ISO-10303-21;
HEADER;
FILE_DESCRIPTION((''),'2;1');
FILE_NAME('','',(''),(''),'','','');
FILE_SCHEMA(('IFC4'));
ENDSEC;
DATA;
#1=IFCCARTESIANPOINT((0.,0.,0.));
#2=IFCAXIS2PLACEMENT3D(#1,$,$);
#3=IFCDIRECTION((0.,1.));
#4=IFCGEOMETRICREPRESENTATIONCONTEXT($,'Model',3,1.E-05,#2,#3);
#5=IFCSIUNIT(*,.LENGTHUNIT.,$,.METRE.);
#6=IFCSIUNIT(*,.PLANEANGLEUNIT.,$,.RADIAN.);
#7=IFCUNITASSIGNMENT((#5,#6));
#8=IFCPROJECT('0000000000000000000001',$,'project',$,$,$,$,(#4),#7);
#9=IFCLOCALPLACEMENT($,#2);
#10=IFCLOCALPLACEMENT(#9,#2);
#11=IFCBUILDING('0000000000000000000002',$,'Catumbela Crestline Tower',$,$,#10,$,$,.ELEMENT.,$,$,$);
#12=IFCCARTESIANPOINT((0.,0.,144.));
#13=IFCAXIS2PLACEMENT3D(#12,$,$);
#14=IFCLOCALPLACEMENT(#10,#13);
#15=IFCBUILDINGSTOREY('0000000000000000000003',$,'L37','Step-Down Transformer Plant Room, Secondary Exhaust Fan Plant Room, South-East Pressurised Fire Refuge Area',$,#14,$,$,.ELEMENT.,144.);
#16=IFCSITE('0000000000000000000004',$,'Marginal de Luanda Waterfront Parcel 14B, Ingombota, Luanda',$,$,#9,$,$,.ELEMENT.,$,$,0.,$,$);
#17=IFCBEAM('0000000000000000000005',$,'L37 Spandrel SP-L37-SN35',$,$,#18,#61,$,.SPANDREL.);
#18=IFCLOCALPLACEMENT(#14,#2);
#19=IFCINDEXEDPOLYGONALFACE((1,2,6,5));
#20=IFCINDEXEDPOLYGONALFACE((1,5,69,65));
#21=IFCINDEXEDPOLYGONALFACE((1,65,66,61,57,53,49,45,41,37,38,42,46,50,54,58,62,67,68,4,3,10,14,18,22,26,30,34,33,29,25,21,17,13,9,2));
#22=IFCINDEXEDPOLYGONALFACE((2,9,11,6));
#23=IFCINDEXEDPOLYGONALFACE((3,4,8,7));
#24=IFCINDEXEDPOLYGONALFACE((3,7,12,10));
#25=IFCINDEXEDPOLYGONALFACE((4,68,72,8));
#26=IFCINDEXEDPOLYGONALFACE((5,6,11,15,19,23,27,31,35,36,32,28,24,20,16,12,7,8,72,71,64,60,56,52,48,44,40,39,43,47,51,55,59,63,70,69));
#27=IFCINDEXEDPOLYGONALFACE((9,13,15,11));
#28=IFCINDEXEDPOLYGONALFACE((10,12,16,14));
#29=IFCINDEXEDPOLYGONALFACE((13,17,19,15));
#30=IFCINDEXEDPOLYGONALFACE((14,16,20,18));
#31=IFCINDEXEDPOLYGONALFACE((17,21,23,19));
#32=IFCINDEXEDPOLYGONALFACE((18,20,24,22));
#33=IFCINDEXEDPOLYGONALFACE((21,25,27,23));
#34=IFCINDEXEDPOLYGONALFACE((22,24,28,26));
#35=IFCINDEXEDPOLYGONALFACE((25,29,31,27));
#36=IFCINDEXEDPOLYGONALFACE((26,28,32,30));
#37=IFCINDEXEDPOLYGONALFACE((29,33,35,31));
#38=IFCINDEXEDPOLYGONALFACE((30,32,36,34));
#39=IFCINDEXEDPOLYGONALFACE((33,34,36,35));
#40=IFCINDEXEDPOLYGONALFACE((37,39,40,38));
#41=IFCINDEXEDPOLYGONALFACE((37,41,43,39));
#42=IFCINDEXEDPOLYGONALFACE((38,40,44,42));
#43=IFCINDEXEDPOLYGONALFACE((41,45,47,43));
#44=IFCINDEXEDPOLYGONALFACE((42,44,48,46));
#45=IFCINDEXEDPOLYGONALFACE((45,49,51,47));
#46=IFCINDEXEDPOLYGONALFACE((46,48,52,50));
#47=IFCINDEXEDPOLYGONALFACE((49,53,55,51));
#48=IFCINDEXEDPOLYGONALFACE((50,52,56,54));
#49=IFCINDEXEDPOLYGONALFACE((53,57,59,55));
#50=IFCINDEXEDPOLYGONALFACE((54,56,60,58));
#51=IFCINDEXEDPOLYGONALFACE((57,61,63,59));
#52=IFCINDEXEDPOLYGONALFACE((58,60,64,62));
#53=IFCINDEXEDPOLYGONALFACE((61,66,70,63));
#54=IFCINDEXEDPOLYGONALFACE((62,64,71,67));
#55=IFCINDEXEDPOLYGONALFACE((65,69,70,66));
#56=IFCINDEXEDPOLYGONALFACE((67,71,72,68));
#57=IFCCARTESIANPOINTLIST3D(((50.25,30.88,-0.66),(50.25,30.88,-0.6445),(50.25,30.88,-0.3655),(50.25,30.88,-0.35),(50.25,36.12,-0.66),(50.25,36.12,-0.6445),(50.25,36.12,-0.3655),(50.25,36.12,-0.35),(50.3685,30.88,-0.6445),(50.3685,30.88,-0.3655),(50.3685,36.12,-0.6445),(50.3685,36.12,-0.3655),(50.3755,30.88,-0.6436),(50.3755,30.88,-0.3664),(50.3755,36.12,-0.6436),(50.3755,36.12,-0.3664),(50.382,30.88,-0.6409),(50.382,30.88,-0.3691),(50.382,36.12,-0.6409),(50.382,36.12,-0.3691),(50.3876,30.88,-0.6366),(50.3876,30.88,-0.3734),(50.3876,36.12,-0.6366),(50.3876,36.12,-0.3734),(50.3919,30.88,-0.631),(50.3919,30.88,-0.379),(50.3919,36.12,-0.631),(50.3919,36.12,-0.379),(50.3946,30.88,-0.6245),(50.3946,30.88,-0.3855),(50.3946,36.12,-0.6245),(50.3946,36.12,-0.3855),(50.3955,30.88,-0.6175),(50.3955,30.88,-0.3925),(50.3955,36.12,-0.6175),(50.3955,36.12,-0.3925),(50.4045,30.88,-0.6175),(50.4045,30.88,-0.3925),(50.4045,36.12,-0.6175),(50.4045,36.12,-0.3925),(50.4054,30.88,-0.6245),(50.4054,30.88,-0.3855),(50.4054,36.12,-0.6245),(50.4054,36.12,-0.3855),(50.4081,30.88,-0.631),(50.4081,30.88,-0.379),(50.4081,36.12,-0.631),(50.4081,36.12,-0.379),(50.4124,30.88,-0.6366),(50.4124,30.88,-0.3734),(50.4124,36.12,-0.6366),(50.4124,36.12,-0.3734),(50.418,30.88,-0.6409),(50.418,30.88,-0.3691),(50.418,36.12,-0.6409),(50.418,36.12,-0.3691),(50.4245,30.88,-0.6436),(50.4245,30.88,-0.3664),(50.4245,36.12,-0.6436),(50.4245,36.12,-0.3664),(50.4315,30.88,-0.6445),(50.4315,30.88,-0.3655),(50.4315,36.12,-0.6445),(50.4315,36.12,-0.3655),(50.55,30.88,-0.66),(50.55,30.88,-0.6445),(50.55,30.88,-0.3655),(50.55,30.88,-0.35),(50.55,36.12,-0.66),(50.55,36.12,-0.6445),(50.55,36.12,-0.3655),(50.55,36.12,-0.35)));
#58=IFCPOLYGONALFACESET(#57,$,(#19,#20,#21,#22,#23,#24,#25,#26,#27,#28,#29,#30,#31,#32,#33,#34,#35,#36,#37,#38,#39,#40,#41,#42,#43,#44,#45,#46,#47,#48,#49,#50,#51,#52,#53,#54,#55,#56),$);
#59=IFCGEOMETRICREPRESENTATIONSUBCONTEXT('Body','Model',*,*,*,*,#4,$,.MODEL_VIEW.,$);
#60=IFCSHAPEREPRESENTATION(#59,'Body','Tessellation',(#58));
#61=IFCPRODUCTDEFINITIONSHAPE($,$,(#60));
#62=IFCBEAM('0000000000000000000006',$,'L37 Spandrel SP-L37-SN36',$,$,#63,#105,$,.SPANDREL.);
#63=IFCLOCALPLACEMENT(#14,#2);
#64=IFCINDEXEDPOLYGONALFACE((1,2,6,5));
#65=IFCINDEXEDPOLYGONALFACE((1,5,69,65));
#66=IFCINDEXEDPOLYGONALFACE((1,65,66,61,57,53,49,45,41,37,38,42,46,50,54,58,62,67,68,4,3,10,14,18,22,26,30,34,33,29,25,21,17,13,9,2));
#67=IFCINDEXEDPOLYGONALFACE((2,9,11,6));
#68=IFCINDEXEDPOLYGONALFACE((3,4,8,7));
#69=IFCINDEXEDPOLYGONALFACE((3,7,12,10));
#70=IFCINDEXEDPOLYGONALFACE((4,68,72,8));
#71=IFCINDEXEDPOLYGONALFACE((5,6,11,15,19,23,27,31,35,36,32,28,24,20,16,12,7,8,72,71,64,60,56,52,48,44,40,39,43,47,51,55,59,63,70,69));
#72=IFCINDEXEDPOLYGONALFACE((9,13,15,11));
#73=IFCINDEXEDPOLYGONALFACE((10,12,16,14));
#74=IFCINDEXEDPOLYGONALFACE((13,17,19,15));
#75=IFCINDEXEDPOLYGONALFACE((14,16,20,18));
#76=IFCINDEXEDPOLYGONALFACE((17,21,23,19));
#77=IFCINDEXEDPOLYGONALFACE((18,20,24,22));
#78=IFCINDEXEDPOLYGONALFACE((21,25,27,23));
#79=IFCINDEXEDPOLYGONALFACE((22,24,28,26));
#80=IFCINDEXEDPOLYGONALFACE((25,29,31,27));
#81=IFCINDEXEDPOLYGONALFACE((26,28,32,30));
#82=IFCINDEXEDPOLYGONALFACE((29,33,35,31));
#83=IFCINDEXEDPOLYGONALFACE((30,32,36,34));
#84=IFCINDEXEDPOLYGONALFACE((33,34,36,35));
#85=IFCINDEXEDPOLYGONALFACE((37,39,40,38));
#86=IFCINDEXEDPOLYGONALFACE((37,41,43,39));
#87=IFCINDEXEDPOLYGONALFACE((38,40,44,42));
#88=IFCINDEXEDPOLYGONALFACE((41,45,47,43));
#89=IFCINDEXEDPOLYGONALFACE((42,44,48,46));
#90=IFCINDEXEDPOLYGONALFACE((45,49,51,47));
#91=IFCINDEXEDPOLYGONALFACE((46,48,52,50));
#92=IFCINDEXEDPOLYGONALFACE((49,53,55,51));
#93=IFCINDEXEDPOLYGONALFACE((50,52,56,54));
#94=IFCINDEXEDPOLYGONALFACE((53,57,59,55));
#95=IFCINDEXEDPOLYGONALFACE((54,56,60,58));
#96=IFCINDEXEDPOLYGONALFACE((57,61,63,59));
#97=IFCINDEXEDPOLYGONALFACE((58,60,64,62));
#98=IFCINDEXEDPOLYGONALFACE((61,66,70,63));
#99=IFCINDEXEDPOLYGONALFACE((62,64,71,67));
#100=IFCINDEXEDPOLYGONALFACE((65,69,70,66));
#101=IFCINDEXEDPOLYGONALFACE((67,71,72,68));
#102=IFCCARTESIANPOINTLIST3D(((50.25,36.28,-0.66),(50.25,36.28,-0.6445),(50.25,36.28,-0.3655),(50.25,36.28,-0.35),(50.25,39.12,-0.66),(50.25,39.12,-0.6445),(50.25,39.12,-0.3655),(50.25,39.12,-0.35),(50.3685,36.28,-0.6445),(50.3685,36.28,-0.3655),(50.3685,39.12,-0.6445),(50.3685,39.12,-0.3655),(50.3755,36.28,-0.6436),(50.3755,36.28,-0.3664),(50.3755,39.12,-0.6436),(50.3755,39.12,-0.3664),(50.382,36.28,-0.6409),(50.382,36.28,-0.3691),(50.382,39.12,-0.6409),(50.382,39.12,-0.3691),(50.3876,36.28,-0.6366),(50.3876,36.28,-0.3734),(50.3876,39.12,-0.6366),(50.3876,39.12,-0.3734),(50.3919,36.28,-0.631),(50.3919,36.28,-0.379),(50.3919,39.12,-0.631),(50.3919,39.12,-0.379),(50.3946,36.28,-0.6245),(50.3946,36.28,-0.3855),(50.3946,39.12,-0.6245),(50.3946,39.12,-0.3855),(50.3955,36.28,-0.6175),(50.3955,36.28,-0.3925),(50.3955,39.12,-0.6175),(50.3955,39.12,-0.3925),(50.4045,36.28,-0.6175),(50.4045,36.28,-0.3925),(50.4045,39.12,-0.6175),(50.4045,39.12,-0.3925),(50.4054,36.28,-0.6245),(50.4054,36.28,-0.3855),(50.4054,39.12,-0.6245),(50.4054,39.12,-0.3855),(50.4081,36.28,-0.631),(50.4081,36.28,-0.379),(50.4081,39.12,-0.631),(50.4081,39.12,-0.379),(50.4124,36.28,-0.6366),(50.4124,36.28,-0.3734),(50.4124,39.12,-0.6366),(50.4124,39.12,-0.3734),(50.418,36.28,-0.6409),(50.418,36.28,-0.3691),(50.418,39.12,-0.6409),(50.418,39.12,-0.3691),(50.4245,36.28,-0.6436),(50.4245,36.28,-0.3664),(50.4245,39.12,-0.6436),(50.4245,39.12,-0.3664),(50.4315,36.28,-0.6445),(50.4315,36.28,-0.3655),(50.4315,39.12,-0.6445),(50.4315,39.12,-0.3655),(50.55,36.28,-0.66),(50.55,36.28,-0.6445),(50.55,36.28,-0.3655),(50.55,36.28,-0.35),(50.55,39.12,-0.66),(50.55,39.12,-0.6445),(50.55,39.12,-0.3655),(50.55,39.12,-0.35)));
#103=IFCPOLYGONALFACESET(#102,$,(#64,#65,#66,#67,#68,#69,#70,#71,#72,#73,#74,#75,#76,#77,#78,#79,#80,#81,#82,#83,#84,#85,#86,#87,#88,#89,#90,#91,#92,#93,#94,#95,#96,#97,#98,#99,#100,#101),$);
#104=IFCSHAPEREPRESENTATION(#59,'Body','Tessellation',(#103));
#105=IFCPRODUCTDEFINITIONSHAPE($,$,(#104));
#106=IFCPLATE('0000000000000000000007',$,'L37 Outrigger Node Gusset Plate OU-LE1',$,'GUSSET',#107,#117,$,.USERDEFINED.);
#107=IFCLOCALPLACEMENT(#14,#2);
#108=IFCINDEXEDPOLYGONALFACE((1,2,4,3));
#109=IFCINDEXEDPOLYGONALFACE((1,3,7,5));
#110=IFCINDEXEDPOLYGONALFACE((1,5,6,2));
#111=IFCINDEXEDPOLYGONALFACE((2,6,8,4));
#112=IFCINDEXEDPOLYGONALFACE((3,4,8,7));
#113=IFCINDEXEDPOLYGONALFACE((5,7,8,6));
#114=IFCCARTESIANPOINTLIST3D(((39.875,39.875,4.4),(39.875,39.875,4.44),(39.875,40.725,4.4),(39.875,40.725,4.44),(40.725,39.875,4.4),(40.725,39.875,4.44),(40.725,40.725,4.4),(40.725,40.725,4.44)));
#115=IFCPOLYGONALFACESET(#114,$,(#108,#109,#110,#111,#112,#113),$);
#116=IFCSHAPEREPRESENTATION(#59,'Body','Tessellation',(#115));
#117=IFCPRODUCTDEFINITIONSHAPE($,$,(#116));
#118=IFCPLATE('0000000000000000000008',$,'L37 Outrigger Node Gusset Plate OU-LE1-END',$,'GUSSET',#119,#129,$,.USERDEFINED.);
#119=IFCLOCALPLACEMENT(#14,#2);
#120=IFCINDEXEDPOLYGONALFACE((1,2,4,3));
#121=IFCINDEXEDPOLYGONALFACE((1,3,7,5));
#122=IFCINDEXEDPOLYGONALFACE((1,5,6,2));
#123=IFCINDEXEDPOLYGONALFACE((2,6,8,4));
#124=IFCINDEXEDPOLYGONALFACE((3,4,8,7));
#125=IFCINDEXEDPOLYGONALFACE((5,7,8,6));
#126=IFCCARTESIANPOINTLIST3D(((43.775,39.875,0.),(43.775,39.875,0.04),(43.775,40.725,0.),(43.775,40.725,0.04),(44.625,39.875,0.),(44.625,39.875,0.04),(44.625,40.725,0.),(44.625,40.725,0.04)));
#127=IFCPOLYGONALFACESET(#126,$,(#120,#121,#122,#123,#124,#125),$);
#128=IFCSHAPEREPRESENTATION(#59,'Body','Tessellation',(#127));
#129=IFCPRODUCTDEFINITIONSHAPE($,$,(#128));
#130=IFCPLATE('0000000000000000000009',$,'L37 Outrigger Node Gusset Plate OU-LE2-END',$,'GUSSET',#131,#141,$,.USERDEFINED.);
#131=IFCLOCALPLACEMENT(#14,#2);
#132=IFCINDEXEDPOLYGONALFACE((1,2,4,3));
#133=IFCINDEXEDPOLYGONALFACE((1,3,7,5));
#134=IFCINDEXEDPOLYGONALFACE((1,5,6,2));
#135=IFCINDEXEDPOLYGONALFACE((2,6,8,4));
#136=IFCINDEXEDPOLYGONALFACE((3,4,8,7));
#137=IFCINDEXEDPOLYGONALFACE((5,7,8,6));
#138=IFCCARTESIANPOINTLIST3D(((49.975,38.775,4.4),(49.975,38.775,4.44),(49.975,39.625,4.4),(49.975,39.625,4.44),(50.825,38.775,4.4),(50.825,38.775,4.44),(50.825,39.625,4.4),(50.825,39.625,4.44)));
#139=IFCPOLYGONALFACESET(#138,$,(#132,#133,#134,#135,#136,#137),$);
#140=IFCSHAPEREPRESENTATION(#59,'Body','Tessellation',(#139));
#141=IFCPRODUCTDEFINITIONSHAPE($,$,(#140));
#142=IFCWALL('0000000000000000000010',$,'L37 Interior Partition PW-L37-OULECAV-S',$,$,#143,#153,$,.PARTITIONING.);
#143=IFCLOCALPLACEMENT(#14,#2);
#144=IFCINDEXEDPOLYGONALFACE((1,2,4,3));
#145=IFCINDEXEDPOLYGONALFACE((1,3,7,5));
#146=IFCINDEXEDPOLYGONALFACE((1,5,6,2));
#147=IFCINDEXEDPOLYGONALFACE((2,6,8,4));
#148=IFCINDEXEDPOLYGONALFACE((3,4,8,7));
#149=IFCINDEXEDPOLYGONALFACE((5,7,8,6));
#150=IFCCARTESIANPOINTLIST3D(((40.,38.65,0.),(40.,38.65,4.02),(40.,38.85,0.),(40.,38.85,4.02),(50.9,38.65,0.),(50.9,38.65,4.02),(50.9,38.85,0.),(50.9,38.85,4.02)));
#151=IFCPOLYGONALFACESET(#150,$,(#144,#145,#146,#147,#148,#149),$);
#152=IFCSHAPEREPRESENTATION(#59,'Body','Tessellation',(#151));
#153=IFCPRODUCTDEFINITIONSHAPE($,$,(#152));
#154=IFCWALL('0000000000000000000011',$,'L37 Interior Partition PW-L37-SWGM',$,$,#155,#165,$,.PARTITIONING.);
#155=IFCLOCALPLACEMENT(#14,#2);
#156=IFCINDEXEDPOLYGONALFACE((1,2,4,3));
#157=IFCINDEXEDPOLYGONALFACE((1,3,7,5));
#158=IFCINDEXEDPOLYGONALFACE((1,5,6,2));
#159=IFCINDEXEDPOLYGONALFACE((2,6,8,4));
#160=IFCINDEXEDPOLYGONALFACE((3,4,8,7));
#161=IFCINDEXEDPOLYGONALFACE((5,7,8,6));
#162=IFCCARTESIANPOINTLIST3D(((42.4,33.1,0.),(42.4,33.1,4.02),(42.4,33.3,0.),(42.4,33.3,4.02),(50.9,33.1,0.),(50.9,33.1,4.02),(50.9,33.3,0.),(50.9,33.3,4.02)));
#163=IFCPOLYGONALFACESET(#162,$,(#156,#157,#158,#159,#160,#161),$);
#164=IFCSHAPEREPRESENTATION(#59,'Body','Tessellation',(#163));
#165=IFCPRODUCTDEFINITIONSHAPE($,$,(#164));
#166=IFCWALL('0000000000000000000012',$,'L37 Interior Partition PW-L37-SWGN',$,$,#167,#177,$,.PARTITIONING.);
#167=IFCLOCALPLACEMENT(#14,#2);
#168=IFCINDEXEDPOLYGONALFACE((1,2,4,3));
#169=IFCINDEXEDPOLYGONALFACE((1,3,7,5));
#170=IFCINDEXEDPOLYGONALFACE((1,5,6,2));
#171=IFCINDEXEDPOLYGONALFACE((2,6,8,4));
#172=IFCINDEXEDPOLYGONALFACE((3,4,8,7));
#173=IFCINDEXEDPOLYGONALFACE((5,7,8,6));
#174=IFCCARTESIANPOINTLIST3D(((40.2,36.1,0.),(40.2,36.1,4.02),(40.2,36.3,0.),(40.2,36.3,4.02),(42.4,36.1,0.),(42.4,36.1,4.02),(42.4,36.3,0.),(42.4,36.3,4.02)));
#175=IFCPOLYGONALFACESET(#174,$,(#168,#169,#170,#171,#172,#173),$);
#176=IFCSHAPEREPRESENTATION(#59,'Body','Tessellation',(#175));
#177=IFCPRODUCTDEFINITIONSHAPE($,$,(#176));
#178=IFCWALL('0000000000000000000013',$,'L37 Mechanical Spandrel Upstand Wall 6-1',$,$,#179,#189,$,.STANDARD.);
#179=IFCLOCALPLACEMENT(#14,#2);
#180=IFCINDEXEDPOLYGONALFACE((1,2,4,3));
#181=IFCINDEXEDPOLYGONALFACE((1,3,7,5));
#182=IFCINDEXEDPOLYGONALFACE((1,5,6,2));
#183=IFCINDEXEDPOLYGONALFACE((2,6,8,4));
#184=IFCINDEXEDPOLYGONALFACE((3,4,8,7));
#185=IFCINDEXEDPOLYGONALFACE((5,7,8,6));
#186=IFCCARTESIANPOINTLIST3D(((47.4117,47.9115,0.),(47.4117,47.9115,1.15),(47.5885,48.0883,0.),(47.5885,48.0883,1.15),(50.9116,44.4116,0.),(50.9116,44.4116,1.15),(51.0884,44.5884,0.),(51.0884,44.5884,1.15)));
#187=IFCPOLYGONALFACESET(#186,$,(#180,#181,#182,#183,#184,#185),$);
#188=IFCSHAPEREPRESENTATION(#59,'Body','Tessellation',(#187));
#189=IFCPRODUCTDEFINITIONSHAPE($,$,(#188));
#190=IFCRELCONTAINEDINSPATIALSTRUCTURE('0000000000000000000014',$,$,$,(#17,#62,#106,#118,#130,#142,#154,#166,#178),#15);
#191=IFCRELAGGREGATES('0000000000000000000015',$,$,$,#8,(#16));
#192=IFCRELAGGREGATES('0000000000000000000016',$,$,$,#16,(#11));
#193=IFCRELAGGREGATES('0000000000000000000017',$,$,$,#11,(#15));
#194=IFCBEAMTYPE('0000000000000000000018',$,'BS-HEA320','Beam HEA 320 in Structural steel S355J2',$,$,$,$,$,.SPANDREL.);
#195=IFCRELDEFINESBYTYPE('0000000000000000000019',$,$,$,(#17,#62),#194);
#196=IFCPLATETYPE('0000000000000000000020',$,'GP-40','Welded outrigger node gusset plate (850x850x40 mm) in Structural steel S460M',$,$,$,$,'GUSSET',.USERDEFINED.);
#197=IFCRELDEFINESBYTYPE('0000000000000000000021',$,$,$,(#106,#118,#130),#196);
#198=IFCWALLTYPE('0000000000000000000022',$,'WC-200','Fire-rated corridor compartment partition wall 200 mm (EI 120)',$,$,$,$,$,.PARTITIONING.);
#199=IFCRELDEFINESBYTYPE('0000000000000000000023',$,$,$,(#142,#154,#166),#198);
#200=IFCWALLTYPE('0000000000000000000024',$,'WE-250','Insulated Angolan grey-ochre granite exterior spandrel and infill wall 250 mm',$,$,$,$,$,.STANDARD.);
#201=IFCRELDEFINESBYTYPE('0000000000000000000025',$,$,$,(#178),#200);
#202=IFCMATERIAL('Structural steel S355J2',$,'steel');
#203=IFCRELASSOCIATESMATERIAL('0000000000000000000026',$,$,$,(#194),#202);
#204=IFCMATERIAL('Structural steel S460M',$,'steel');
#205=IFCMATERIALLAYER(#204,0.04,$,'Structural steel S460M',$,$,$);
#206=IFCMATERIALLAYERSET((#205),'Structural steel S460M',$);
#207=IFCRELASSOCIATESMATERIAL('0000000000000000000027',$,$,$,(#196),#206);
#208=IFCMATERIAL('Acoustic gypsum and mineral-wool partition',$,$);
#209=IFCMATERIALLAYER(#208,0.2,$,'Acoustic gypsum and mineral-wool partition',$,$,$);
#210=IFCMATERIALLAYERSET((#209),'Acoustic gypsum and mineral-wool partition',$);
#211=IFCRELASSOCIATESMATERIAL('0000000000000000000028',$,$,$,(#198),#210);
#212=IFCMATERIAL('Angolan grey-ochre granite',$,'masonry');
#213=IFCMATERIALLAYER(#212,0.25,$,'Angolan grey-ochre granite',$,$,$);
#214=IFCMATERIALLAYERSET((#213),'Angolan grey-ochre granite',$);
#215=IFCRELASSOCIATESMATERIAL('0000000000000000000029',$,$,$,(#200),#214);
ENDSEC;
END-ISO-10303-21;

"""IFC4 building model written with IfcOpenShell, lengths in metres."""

from ifc_helpers import new_model, si_unit, direction, frame, frame_2d, origin, origin_2d, place, context, subcontext, project, spatial, rectangle, i_section, extrude, material, layer, layer_set, material_profile, profile_set, type_object, element, save


model = new_model("IFC4")

# Units and contexts
model_context = context("Model", 3, precision=1e-05, world=origin(), true_north=direction((0.0, 1.0)))
body_context = subcontext(model_context, "Body", "Model", "MODEL_VIEW")
ifc_project = project(units=[si_unit("LENGTHUNIT", "METRE"), si_unit("PLANEANGLEUNIT", "RADIAN")], contexts=[model_context])

# Site, building, storey
site_placement = place(None, origin())
site = spatial("IfcSite", under=ifc_project, at=site_placement, Name="Marginal de Luanda Waterfront Parcel 14B, Ingombota, Luanda", CompositionType="ELEMENT", RefElevation=0.0)
building_placement = place(site_placement, origin())
building = spatial("IfcBuilding", under=site, at=building_placement, Name="Catumbela Crestline Tower", CompositionType="ELEMENT")
storey_placement = place(building_placement, frame((0.0, 0.0, 144.0)))
storey = spatial("IfcBuildingStorey", under=building, at=storey_placement, Name="L37", Description="Step-Down Transformer Plant Room, Secondary Exhaust Fan Plant Room, South-East Pressurised Fire Refuge Area", CompositionType="ELEMENT", Elevation=144.0)

# Shared definitions
ifc_material_1 = material(Name="Structural steel S460M", Category="steel")

# Shared definitions
ifc_material_2 = material(Name="Structural steel S355J2", Category="steel")

# Beams
ifc_material_profile_1 = material_profile(ifc_material_2, i_section(OverallWidth=0.3, OverallDepth=0.31, WebThickness=0.009, FlangeThickness=0.0155, FilletRadius=0.027, at=origin_2d()), Name="HEA 320")
ifc_profile_set_1 = profile_set([ifc_material_profile_1], Name="Structural steel S355J2")
beam_type_1 = type_object("IfcBeamType", Name="BS-HEA320", Description="Beam HEA 320 in Structural steel S355J2", PredefinedType="SPANDREL", material=ifc_profile_set_1)
beam_1_placement = place(storey_placement, frame((50.4, 30.88, -0.505), z_axis=(0.0, 1.0, 0.0), x_axis=(-1.0, 0.0, 0.0)))
element("IfcBeam", 1, at=beam_1_placement, inside=storey, type_object=beam_type_1, Name="L37 Spandrel SP-L37-SN35", PredefinedType="SPANDREL", context=body_context, shape_type="SweptSolid", body=[
    extrude(i_section(OverallWidth=0.3, OverallDepth=0.31, WebThickness=0.009, FlangeThickness=0.0155, FilletRadius=0.027, at=origin_2d()), origin(), (0.0, 0.0, 1.0), 5.24),
])
beam_2_placement = place(storey_placement, frame((50.4, 36.28, -0.505), z_axis=(0.0, 1.0, 0.0), x_axis=(-1.0, 0.0, 0.0)))
element("IfcBeam", 2, at=beam_2_placement, inside=storey, type_object=beam_type_1, Name="L37 Spandrel SP-L37-SN36", PredefinedType="SPANDREL", context=body_context, shape_type="SweptSolid", body=[
    extrude(i_section(OverallWidth=0.3, OverallDepth=0.31, WebThickness=0.009, FlangeThickness=0.0155, FilletRadius=0.027, at=origin_2d()), origin(), (0.0, 0.0, 1.0), 2.84),
])

# Plates
ifc_layer_1 = layer(ifc_material_1, 0.04, Name="Structural steel S460M")
ifc_layer_set_1 = layer_set([ifc_layer_1], Name="Structural steel S460M")
plate_type = type_object("IfcPlateType", Name="GP-40", Description="Welded outrigger node gusset plate (850x850x40 mm) in Structural steel S460M", ElementType="GUSSET", PredefinedType="USERDEFINED", material=ifc_layer_set_1)
for number, where, z_axis, x_axis, name in (
    (3, (40.3, 40.3, 4.4), (0.0, 0.0, 1.0), (1.0, 0.0, 0.0), "L37 Outrigger Node Gusset Plate OU-LE1"),
    (4, (44.2, 40.3, 0.0), (0.0, 0.0, 1.0), (1.0, 0.0, 0.0), "L37 Outrigger Node Gusset Plate OU-LE1-END"),
    (5, (50.4, 39.2, 4.4), (0.0, 0.0, 1.0), (1.0, 0.0, 0.0), "L37 Outrigger Node Gusset Plate OU-LE2-END"),
):
    element("IfcPlate", number, at=place(storey_placement, frame(where, z_axis=z_axis, x_axis=x_axis)), inside=storey, type_object=plate_type, Name=name, ObjectType="GUSSET", PredefinedType="USERDEFINED", context=body_context, shape_type="SweptSolid", body=[
        extrude(rectangle(XDim=0.85, YDim=0.85, at=origin_2d()), origin(), (0.0, 0.0, 1.0), 0.04),
    ])

# Walls
ifc_material_3 = material(Name="Acoustic gypsum and mineral-wool partition")
ifc_layer_2 = layer(ifc_material_3, 0.2, Name="Acoustic gypsum and mineral-wool partition")
ifc_layer_set_2 = layer_set([ifc_layer_2], Name="Acoustic gypsum and mineral-wool partition")
wall_type_1 = type_object("IfcWallType", Name="WC-200", Description="Fire-rated corridor compartment partition wall 200 mm (EI 120)", PredefinedType="PARTITIONING", material=ifc_layer_set_2)
wall_1_placement = place(storey_placement, frame((40.0, 38.75, 0.0), z_axis=(0.0, 0.0, 1.0), x_axis=(1.0, 0.0, 0.0)))
element("IfcWall", 6, at=wall_1_placement, inside=storey, type_object=wall_type_1, Name="L37 Interior Partition PW-L37-OULECAV-S", PredefinedType="PARTITIONING", context=body_context, shape_type="SweptSolid", body=[
    extrude(rectangle(XDim=10.9, YDim=0.2, at=frame_2d((5.45, 0.0))), origin(), (0.0, 0.0, 1.0), 4.02),
])
wall_2_placement = place(storey_placement, frame((42.4, 33.2, 0.0), z_axis=(0.0, 0.0, 1.0), x_axis=(1.0, 0.0, 0.0)))
element("IfcWall", 7, at=wall_2_placement, inside=storey, type_object=wall_type_1, Name="L37 Interior Partition PW-L37-SWGM", PredefinedType="PARTITIONING", context=body_context, shape_type="SweptSolid", body=[
    extrude(rectangle(XDim=8.5, YDim=0.2, at=frame_2d((4.25, 0.0))), origin(), (0.0, 0.0, 1.0), 4.02),
])
wall_3_placement = place(storey_placement, frame((40.2, 36.2, 0.0), z_axis=(0.0, 0.0, 1.0), x_axis=(1.0, 0.0, 0.0)))
element("IfcWall", 8, at=wall_3_placement, inside=storey, type_object=wall_type_1, Name="L37 Interior Partition PW-L37-SWGN", PredefinedType="PARTITIONING", context=body_context, shape_type="SweptSolid", body=[
    extrude(rectangle(XDim=2.2, YDim=0.2, at=frame_2d((1.1, 0.0))), origin(), (0.0, 0.0, 1.0), 4.02),
])
ifc_material_4 = material(Name="Angolan grey-ochre granite", Category="masonry")
ifc_layer_3 = layer(ifc_material_4, 0.25, Name="Angolan grey-ochre granite")
ifc_layer_set_3 = layer_set([ifc_layer_3], Name="Angolan grey-ochre granite")
wall_type_2 = type_object("IfcWallType", Name="WE-250", Description="Insulated Angolan grey-ochre granite exterior spandrel and infill wall 250 mm", PredefinedType="STANDARD", material=ifc_layer_set_3)
wall_4_placement = place(storey_placement, frame((51.0, 44.5, 0.0), z_axis=(0.0, 0.0, 1.0), x_axis=(-0.707107, 0.707107, 0.0)))
element("IfcWall", 9, at=wall_4_placement, inside=storey, type_object=wall_type_2, Name="L37 Mechanical Spandrel Upstand Wall 6-1", PredefinedType="STANDARD", context=body_context, shape_type="SweptSolid", body=[
    extrude(rectangle(XDim=4.9497, YDim=0.25, at=frame_2d((2.4748, 0.0))), origin(), (0.0, 0.0, 1.0), 1.15),
])

save(model, "model.ifc")
